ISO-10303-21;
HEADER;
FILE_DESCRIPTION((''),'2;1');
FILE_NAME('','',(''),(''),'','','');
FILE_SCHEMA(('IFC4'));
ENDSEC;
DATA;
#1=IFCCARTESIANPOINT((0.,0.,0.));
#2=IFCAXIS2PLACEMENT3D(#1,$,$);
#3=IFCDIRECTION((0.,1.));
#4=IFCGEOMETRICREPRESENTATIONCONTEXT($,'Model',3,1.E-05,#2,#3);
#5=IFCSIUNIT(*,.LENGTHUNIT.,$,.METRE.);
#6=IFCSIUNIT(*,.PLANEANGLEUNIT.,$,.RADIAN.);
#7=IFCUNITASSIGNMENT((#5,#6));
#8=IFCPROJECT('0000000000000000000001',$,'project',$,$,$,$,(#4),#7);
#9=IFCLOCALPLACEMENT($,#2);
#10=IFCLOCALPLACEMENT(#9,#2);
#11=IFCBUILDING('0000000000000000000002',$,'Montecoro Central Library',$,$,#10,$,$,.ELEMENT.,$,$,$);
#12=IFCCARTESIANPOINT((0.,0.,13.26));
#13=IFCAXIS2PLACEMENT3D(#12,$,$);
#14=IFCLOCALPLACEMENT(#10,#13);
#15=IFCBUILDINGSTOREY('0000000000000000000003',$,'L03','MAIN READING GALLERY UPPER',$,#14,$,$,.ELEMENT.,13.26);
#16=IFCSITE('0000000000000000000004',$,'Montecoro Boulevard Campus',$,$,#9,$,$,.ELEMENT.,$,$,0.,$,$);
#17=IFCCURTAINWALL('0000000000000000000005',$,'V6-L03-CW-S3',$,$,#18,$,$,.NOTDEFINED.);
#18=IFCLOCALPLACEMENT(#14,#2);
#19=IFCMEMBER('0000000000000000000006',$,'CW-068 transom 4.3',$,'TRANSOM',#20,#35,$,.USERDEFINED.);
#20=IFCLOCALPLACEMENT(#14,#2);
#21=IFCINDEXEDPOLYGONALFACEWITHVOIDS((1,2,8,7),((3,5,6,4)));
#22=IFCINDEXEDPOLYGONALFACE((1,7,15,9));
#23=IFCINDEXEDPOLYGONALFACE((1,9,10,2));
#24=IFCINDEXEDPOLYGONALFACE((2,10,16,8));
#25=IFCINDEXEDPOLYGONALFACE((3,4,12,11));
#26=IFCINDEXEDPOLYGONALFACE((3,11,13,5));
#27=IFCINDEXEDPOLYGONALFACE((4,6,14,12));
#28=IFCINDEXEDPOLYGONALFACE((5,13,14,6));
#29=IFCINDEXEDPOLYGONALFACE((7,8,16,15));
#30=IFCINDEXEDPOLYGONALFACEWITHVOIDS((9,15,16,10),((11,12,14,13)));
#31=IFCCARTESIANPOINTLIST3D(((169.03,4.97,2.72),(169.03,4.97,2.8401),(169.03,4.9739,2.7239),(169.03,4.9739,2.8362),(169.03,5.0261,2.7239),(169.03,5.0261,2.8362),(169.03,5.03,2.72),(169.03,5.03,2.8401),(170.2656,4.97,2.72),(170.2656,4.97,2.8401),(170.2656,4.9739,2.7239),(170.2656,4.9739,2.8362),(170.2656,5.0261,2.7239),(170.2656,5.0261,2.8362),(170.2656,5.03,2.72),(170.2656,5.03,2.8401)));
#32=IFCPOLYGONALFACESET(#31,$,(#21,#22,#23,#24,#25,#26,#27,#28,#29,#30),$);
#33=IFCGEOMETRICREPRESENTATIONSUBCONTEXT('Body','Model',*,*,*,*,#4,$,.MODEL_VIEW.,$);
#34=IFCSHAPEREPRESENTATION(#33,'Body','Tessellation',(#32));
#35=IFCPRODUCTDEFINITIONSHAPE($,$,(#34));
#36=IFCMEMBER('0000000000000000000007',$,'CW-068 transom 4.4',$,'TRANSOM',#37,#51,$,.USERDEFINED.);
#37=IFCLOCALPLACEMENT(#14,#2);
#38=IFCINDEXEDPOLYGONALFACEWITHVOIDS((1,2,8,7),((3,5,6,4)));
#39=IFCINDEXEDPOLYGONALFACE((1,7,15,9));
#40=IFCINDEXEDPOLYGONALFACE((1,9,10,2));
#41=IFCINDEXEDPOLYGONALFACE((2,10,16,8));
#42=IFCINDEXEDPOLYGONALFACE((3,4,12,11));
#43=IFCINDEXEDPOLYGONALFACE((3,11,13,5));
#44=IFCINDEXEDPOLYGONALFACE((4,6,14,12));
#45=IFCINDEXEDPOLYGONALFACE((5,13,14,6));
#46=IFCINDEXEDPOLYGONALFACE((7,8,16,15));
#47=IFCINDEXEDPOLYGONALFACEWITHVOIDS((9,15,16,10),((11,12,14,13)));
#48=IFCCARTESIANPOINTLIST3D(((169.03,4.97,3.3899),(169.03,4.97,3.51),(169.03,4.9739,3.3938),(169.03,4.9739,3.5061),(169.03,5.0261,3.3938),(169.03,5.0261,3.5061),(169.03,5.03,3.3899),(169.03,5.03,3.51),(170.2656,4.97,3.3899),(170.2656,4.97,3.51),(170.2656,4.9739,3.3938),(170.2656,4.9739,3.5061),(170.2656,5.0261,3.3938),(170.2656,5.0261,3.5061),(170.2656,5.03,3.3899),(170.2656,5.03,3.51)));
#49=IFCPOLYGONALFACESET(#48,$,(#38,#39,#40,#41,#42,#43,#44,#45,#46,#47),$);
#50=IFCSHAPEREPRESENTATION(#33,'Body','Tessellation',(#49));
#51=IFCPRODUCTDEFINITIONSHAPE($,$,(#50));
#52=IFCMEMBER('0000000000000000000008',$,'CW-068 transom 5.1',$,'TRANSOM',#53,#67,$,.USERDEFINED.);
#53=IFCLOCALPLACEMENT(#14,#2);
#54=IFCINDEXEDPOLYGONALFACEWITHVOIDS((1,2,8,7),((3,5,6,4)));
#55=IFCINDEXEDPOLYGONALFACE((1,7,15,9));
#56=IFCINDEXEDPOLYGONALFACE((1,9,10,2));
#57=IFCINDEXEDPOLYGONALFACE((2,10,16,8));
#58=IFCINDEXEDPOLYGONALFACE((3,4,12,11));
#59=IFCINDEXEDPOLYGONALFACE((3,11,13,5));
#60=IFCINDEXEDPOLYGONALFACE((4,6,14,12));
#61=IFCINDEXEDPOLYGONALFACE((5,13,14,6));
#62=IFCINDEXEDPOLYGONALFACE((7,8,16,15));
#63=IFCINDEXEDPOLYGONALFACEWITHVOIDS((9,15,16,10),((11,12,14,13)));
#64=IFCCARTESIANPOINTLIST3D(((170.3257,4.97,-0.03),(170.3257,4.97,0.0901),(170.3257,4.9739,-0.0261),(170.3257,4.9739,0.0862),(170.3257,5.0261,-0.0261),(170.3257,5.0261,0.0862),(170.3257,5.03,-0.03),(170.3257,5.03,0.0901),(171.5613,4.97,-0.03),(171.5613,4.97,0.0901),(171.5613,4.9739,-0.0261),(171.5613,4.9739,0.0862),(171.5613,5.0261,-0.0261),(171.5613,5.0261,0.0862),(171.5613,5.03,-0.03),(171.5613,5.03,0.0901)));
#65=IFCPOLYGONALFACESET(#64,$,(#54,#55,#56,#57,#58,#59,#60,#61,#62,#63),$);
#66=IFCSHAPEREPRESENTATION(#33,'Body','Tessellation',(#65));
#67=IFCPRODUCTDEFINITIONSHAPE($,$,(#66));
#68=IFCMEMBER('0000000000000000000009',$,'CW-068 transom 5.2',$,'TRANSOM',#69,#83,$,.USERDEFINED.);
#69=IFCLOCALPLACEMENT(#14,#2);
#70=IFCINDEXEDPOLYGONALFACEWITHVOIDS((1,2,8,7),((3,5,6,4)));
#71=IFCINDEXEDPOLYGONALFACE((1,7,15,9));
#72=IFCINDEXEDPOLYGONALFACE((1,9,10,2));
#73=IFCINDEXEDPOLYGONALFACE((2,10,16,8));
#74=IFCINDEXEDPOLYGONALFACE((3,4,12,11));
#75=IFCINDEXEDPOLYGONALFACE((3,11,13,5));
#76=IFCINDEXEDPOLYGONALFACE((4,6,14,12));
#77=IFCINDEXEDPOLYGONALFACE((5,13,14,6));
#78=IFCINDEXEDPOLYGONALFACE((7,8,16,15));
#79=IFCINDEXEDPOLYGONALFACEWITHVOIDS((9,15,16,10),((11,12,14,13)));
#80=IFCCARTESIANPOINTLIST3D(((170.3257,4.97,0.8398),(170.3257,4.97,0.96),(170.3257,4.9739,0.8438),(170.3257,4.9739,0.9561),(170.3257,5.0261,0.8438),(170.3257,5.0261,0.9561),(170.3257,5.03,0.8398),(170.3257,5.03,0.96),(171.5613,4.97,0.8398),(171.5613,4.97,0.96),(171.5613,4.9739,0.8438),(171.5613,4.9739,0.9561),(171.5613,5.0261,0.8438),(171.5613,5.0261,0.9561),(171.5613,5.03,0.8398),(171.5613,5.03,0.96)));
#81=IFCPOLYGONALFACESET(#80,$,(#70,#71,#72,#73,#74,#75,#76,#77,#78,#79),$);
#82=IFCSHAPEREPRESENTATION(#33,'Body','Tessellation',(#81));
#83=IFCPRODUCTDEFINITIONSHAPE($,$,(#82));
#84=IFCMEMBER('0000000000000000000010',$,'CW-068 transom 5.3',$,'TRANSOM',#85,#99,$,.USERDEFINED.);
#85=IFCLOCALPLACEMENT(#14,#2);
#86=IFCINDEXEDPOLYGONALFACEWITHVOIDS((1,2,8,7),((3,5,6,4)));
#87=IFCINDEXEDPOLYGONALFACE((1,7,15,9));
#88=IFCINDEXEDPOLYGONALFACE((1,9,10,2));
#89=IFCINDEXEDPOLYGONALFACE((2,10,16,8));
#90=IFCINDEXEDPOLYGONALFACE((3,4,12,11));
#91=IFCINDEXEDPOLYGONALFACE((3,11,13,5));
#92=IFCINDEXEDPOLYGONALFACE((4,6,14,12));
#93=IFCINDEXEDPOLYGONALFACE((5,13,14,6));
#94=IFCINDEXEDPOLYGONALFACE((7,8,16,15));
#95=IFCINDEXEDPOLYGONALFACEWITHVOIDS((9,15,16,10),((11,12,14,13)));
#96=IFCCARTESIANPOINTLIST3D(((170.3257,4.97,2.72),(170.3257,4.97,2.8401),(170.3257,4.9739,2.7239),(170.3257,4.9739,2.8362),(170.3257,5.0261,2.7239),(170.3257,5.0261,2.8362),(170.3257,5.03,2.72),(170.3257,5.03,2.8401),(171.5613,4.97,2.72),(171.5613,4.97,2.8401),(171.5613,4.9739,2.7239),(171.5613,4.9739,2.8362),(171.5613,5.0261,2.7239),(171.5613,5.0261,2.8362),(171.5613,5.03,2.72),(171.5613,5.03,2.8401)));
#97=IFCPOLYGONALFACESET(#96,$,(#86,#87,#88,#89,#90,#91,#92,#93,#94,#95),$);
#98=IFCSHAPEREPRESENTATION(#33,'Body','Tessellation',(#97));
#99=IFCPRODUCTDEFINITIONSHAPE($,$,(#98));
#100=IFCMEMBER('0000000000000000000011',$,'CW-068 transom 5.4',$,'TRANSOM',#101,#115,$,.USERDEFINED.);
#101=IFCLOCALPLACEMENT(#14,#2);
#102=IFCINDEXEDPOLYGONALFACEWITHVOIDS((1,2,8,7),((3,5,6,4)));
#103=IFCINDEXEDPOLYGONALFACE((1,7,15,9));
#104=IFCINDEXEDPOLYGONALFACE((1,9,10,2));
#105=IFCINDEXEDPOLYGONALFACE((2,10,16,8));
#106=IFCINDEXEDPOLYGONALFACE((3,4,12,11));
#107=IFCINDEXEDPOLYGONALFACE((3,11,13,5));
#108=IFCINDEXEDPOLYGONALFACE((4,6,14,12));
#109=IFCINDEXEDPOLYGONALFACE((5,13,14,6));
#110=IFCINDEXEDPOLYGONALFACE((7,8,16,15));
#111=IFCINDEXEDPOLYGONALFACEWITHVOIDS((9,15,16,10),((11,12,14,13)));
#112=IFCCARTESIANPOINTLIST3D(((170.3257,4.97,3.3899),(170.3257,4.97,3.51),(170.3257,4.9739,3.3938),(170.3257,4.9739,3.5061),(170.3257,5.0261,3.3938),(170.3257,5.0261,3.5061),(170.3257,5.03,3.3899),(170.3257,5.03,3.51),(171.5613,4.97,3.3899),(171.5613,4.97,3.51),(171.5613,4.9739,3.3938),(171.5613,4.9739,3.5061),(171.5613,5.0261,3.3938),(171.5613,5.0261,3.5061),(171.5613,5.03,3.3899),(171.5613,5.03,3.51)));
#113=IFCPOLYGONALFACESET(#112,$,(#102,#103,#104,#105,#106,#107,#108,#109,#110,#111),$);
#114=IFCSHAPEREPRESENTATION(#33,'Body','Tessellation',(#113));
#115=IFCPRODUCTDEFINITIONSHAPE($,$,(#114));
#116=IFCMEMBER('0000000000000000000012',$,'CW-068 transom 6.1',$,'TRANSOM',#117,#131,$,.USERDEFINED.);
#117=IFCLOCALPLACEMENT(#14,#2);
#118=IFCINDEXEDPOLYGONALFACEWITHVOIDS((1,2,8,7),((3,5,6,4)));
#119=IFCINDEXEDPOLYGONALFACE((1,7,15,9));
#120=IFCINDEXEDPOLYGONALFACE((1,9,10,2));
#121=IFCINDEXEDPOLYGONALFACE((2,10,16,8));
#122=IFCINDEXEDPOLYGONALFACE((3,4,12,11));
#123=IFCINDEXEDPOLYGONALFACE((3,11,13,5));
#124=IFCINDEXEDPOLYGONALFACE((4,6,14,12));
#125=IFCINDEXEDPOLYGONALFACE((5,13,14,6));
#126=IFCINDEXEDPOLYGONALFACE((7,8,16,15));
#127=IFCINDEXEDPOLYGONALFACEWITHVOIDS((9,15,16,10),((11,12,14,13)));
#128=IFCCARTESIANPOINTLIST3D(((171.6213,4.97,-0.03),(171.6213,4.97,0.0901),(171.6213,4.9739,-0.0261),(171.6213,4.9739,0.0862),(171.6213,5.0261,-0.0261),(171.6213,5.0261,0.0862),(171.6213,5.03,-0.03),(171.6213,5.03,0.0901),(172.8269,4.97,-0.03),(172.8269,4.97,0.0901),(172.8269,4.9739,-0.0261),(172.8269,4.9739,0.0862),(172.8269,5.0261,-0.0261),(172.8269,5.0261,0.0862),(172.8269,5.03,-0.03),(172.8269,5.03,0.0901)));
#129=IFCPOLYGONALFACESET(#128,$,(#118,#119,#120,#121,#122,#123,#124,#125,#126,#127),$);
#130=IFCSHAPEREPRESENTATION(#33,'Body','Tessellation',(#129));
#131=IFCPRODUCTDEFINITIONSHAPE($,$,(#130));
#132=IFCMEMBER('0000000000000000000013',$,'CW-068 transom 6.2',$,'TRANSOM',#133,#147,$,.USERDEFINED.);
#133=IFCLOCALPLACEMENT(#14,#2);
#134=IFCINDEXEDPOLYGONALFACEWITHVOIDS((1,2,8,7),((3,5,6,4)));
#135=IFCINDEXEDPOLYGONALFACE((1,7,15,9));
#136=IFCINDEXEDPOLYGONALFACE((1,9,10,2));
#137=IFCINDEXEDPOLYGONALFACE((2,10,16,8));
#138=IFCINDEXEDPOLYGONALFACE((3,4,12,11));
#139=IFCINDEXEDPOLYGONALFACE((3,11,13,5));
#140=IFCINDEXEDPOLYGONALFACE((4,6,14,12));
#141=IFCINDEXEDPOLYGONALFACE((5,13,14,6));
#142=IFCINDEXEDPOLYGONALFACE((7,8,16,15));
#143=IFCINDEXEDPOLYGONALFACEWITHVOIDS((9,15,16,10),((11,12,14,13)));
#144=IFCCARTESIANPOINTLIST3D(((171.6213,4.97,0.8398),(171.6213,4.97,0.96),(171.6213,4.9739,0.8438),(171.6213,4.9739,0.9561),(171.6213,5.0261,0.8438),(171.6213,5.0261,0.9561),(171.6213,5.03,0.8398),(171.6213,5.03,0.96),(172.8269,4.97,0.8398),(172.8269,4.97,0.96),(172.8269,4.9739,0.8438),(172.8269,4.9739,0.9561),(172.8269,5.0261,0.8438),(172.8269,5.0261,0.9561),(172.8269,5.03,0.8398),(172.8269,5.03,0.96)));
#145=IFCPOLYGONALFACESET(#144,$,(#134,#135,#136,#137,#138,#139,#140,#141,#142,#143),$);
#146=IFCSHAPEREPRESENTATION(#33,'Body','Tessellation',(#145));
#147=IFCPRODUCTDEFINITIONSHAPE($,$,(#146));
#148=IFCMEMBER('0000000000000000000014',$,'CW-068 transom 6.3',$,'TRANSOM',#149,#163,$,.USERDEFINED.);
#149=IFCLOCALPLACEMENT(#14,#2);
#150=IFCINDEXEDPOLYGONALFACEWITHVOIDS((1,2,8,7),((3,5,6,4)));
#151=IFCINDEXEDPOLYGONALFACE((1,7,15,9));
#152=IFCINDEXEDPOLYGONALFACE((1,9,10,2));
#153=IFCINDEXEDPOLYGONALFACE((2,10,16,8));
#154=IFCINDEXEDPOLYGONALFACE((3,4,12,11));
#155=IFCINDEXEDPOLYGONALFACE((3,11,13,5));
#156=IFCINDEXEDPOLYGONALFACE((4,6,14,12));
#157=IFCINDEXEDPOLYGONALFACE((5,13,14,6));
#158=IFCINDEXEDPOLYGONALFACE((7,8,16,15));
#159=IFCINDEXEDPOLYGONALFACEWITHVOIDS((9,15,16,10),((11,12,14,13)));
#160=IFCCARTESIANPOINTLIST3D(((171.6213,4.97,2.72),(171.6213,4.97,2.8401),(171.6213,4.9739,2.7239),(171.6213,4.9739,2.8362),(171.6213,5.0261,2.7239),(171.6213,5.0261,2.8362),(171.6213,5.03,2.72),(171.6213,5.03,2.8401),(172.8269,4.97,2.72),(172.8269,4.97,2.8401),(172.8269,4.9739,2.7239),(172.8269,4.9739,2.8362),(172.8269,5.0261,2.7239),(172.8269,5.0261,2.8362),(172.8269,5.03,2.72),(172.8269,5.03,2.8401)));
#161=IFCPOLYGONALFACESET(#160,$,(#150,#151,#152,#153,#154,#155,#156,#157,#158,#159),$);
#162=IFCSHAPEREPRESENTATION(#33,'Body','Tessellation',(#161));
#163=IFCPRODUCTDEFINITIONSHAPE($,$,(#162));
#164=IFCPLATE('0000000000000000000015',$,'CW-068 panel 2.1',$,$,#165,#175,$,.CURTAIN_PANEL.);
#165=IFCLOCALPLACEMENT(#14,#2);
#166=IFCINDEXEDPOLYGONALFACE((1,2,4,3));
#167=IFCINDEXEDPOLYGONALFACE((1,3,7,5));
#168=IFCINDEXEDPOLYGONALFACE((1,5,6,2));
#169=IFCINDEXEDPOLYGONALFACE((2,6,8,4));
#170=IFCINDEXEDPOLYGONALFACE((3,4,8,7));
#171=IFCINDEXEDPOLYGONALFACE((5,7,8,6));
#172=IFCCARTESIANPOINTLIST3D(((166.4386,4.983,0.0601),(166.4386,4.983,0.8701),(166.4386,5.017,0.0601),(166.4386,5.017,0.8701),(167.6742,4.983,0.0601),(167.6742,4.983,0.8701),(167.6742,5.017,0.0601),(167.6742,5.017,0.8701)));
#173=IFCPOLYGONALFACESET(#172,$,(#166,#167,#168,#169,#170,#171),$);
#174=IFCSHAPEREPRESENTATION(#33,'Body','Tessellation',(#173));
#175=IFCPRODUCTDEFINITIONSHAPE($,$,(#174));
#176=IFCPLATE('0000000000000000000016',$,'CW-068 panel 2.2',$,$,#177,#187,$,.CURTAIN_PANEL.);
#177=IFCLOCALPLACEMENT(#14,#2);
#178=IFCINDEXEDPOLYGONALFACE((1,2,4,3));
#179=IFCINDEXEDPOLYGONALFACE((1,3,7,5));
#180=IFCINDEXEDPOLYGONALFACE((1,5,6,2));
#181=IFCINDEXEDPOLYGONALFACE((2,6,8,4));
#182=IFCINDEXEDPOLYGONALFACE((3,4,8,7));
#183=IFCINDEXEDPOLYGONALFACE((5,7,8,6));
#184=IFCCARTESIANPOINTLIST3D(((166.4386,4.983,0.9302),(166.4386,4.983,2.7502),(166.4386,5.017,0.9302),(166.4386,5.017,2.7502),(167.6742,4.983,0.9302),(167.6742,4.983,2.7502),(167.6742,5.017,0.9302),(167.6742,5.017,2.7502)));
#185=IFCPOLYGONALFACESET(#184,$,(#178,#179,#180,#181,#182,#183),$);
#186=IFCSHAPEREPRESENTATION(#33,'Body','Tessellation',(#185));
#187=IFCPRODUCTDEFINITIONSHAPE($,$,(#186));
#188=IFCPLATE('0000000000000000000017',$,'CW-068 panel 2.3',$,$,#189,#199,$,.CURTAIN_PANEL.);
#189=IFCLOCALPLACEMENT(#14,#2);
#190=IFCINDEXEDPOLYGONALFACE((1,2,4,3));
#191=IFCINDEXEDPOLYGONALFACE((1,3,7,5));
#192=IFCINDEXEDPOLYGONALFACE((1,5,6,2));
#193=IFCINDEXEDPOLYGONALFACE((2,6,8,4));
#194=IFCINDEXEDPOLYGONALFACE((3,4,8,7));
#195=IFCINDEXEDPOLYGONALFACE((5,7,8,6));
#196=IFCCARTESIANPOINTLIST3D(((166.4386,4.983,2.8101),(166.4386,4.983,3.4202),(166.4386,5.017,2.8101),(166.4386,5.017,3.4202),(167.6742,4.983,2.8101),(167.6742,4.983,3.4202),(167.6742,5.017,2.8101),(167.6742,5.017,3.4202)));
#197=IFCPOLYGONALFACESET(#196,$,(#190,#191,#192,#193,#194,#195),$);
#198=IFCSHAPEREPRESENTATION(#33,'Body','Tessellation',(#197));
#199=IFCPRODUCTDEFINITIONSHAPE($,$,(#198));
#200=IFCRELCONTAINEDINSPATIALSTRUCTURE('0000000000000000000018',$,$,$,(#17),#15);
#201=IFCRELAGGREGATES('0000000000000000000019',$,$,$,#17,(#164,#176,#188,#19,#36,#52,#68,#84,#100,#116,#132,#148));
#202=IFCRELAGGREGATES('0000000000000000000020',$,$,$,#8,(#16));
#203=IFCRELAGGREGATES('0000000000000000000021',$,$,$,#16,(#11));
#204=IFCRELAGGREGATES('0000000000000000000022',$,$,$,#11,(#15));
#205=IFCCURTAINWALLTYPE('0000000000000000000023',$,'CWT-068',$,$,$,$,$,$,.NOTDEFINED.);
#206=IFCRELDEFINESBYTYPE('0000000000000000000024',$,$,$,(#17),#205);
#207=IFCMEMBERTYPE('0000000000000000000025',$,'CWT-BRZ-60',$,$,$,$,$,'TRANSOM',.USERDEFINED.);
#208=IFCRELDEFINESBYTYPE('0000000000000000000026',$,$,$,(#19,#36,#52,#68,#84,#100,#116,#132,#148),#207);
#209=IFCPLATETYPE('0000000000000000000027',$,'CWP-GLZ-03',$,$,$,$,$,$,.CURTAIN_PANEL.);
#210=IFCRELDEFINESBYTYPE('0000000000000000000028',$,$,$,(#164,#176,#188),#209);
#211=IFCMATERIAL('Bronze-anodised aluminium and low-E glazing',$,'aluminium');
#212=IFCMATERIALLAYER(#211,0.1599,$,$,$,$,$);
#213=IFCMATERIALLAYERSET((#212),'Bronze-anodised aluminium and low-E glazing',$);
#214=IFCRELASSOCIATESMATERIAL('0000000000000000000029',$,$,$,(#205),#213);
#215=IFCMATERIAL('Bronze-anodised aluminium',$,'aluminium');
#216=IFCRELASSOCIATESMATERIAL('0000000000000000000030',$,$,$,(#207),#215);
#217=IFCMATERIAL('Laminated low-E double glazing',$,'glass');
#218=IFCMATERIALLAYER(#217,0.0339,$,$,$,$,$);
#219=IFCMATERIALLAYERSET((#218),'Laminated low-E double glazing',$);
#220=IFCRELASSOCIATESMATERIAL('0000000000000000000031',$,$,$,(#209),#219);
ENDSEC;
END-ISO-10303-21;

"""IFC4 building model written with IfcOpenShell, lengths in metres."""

from ifc_helpers import new_model, si_unit, direction, frame, origin, origin_2d, place, context, subcontext, project, spatial, rectangle, hollow_rectangle, extrude, material, layer, layer_set, material_profile, profile_set, type_object, element, aggregate, save


model = new_model("IFC4")

# Units and contexts
model_context = context("Model", 3, precision=1e-05, world=origin(), true_north=direction((0.0, 1.0)))
body_context = subcontext(model_context, "Body", "Model", "MODEL_VIEW")
ifc_project = project(units=[si_unit("LENGTHUNIT", "METRE"), si_unit("PLANEANGLEUNIT", "RADIAN")], contexts=[model_context])

# Site, building, storey
site_placement = place(None, origin())
site = spatial("IfcSite", under=ifc_project, at=site_placement, Name="Montecoro Boulevard Campus", CompositionType="ELEMENT", RefElevation=0.0)
building_placement = place(site_placement, origin())
building = spatial("IfcBuilding", under=site, at=building_placement, Name="Montecoro Central Library", CompositionType="ELEMENT")
storey_placement = place(building_placement, frame((0.0, 0.0, 13.26)))
storey = spatial("IfcBuildingStorey", under=building, at=storey_placement, Name="L03", Description="MAIN READING GALLERY UPPER", CompositionType="ELEMENT", Elevation=13.26)

# Curtain wall, members, plates
ifc_material_1 = material(Name="Bronze-anodised aluminium and low-E glazing", Category="aluminium")
ifc_layer_1 = layer(ifc_material_1, 0.1599)
ifc_layer_set_1 = layer_set([ifc_layer_1], Name="Bronze-anodised aluminium and low-E glazing")
curtain_wall_type = type_object("IfcCurtainWallType", Name="CWT-068", PredefinedType="NOTDEFINED", material=ifc_layer_set_1)
curtain_wall_placement = place(storey_placement, origin())
curtain_wall = element("IfcCurtainWall", 1, at=curtain_wall_placement, inside=storey, type_object=curtain_wall_type, Name="V6-L03-CW-S3", PredefinedType="NOTDEFINED")
ifc_material_2 = material(Name="Bronze-anodised aluminium", Category="aluminium")
ifc_material_profile_1 = material_profile(ifc_material_2, hollow_rectangle(XDim=0.0601, YDim=0.1201, WallThickness=0.0039, at=origin_2d()), Name="CWT 120x60x4.0")
ifc_profile_set_1 = profile_set([ifc_material_profile_1], Name="Bronze-anodised aluminium")
member_type_1 = type_object("IfcMemberType", Name="CWT-BRZ-60", ElementType="TRANSOM", PredefinedType="USERDEFINED", material=ifc_profile_set_1)
member_1_placement = place(storey_placement, frame((169.03, 5.0, 2.78), z_axis=(1.0, 0.0, 0.0), x_axis=(0.0, 1.0, 0.0)))
member_1 = element("IfcMember", 2, at=member_1_placement, type_object=member_type_1, Name="CW-068 transom 4.3", ObjectType="TRANSOM", PredefinedType="USERDEFINED", context=body_context, shape_type="SweptSolid", body=[
    extrude(hollow_rectangle(XDim=0.0601, YDim=0.1201, WallThickness=0.0039, at=origin_2d()), origin(), (0.0, 0.0, 1.0), 1.2356),
])
member_2_placement = place(storey_placement, frame((169.03, 5.0, 3.45), z_axis=(1.0, 0.0, 0.0), x_axis=(0.0, 1.0, 0.0)))
member_2 = element("IfcMember", 3, at=member_2_placement, type_object=member_type_1, Name="CW-068 transom 4.4", ObjectType="TRANSOM", PredefinedType="USERDEFINED", context=body_context, shape_type="SweptSolid", body=[
    extrude(hollow_rectangle(XDim=0.0601, YDim=0.1201, WallThickness=0.0039, at=origin_2d()), origin(), (0.0, 0.0, 1.0), 1.2356),
])
member_3_placement = place(storey_placement, frame((170.3257, 5.0, 0.03), z_axis=(1.0, 0.0, 0.0), x_axis=(0.0, 1.0, 0.0)))
member_3 = element("IfcMember", 4, at=member_3_placement, type_object=member_type_1, Name="CW-068 transom 5.1", ObjectType="TRANSOM", PredefinedType="USERDEFINED", context=body_context, shape_type="SweptSolid", body=[
    extrude(hollow_rectangle(XDim=0.0601, YDim=0.1201, WallThickness=0.0039, at=origin_2d()), origin(), (0.0, 0.0, 1.0), 1.2356),
])
member_4_placement = place(storey_placement, frame((170.3257, 5.0, 0.8999), z_axis=(1.0, 0.0, 0.0), x_axis=(0.0, 1.0, 0.0)))
member_4 = element("IfcMember", 5, at=member_4_placement, type_object=member_type_1, Name="CW-068 transom 5.2", ObjectType="TRANSOM", PredefinedType="USERDEFINED", context=body_context, shape_type="SweptSolid", body=[
    extrude(hollow_rectangle(XDim=0.0601, YDim=0.1201, WallThickness=0.0039, at=origin_2d()), origin(), (0.0, 0.0, 1.0), 1.2356),
])
member_5_placement = place(storey_placement, frame((170.3257, 5.0, 2.78), z_axis=(1.0, 0.0, 0.0), x_axis=(0.0, 1.0, 0.0)))
member_5 = element("IfcMember", 6, at=member_5_placement, type_object=member_type_1, Name="CW-068 transom 5.3", ObjectType="TRANSOM", PredefinedType="USERDEFINED", context=body_context, shape_type="SweptSolid", body=[
    extrude(hollow_rectangle(XDim=0.0601, YDim=0.1201, WallThickness=0.0039, at=origin_2d()), origin(), (0.0, 0.0, 1.0), 1.2356),
])
member_6_placement = place(storey_placement, frame((170.3257, 5.0, 3.45), z_axis=(1.0, 0.0, 0.0), x_axis=(0.0, 1.0, 0.0)))
member_6 = element("IfcMember", 7, at=member_6_placement, type_object=member_type_1, Name="CW-068 transom 5.4", ObjectType="TRANSOM", PredefinedType="USERDEFINED", context=body_context, shape_type="SweptSolid", body=[
    extrude(hollow_rectangle(XDim=0.0601, YDim=0.1201, WallThickness=0.0039, at=origin_2d()), origin(), (0.0, 0.0, 1.0), 1.2356),
])
member_7_placement = place(storey_placement, frame((171.6213, 5.0, 0.03), z_axis=(1.0, 0.0, 0.0), x_axis=(0.0, 1.0, 0.0)))
member_7 = element("IfcMember", 8, at=member_7_placement, type_object=member_type_1, Name="CW-068 transom 6.1", ObjectType="TRANSOM", PredefinedType="USERDEFINED", context=body_context, shape_type="SweptSolid", body=[
    extrude(hollow_rectangle(XDim=0.0601, YDim=0.1201, WallThickness=0.0039, at=origin_2d()), origin(), (0.0, 0.0, 1.0), 1.2056),
])
member_8_placement = place(storey_placement, frame((171.6213, 5.0, 0.8999), z_axis=(1.0, 0.0, 0.0), x_axis=(0.0, 1.0, 0.0)))
member_8 = element("IfcMember", 9, at=member_8_placement, type_object=member_type_1, Name="CW-068 transom 6.2", ObjectType="TRANSOM", PredefinedType="USERDEFINED", context=body_context, shape_type="SweptSolid", body=[
    extrude(hollow_rectangle(XDim=0.0601, YDim=0.1201, WallThickness=0.0039, at=origin_2d()), origin(), (0.0, 0.0, 1.0), 1.2056),
])
member_9_placement = place(storey_placement, frame((171.6213, 5.0, 2.78), z_axis=(1.0, 0.0, 0.0), x_axis=(0.0, 1.0, 0.0)))
member_9 = element("IfcMember", 10, at=member_9_placement, type_object=member_type_1, Name="CW-068 transom 6.3", ObjectType="TRANSOM", PredefinedType="USERDEFINED", context=body_context, shape_type="SweptSolid", body=[
    extrude(hollow_rectangle(XDim=0.0601, YDim=0.1201, WallThickness=0.0039, at=origin_2d()), origin(), (0.0, 0.0, 1.0), 1.2056),
])
ifc_material_3 = material(Name="Laminated low-E double glazing", Category="glass")
ifc_layer_2 = layer(ifc_material_3, 0.0339)
ifc_layer_set_2 = layer_set([ifc_layer_2], Name="Laminated low-E double glazing")
plate_type = type_object("IfcPlateType", Name="CWP-GLZ-03", PredefinedType="CURTAIN_PANEL", material=ifc_layer_set_2)
plate_1_placement = place(storey_placement, frame((167.0564, 5.0, 0.0601), z_axis=(0.0, 0.0, 1.0), x_axis=(1.0, 0.0, 0.0)))
plate_1 = element("IfcPlate", 11, at=plate_1_placement, type_object=plate_type, Name="CW-068 panel 2.1", PredefinedType="CURTAIN_PANEL", context=body_context, shape_type="SweptSolid", body=[
    extrude(rectangle(XDim=1.2356, YDim=0.0339, at=origin_2d()), origin(), (0.0, 0.0, 1.0), 0.8101),
])
plate_2_placement = place(storey_placement, frame((167.0564, 5.0, 0.9302), z_axis=(0.0, 0.0, 1.0), x_axis=(1.0, 0.0, 0.0)))
plate_2 = element("IfcPlate", 12, at=plate_2_placement, type_object=plate_type, Name="CW-068 panel 2.2", PredefinedType="CURTAIN_PANEL", context=body_context, shape_type="SweptSolid", body=[
    extrude(rectangle(XDim=1.2356, YDim=0.0339, at=origin_2d()), origin(), (0.0, 0.0, 1.0), 1.8201),
])
plate_3_placement = place(storey_placement, frame((167.0564, 5.0, 2.8101), z_axis=(0.0, 0.0, 1.0), x_axis=(1.0, 0.0, 0.0)))
plate_3 = element("IfcPlate", 13, at=plate_3_placement, type_object=plate_type, Name="CW-068 panel 2.3", PredefinedType="CURTAIN_PANEL", context=body_context, shape_type="SweptSolid", body=[
    extrude(rectangle(XDim=1.2356, YDim=0.0339, at=origin_2d()), origin(), (0.0, 0.0, 1.0), 0.6101),
])
aggregate(curtain_wall, [plate_1, plate_2, plate_3, member_1, member_2, member_3, member_4, member_5, member_6, member_7, member_8, member_9])

save(model, "model.ifc")
